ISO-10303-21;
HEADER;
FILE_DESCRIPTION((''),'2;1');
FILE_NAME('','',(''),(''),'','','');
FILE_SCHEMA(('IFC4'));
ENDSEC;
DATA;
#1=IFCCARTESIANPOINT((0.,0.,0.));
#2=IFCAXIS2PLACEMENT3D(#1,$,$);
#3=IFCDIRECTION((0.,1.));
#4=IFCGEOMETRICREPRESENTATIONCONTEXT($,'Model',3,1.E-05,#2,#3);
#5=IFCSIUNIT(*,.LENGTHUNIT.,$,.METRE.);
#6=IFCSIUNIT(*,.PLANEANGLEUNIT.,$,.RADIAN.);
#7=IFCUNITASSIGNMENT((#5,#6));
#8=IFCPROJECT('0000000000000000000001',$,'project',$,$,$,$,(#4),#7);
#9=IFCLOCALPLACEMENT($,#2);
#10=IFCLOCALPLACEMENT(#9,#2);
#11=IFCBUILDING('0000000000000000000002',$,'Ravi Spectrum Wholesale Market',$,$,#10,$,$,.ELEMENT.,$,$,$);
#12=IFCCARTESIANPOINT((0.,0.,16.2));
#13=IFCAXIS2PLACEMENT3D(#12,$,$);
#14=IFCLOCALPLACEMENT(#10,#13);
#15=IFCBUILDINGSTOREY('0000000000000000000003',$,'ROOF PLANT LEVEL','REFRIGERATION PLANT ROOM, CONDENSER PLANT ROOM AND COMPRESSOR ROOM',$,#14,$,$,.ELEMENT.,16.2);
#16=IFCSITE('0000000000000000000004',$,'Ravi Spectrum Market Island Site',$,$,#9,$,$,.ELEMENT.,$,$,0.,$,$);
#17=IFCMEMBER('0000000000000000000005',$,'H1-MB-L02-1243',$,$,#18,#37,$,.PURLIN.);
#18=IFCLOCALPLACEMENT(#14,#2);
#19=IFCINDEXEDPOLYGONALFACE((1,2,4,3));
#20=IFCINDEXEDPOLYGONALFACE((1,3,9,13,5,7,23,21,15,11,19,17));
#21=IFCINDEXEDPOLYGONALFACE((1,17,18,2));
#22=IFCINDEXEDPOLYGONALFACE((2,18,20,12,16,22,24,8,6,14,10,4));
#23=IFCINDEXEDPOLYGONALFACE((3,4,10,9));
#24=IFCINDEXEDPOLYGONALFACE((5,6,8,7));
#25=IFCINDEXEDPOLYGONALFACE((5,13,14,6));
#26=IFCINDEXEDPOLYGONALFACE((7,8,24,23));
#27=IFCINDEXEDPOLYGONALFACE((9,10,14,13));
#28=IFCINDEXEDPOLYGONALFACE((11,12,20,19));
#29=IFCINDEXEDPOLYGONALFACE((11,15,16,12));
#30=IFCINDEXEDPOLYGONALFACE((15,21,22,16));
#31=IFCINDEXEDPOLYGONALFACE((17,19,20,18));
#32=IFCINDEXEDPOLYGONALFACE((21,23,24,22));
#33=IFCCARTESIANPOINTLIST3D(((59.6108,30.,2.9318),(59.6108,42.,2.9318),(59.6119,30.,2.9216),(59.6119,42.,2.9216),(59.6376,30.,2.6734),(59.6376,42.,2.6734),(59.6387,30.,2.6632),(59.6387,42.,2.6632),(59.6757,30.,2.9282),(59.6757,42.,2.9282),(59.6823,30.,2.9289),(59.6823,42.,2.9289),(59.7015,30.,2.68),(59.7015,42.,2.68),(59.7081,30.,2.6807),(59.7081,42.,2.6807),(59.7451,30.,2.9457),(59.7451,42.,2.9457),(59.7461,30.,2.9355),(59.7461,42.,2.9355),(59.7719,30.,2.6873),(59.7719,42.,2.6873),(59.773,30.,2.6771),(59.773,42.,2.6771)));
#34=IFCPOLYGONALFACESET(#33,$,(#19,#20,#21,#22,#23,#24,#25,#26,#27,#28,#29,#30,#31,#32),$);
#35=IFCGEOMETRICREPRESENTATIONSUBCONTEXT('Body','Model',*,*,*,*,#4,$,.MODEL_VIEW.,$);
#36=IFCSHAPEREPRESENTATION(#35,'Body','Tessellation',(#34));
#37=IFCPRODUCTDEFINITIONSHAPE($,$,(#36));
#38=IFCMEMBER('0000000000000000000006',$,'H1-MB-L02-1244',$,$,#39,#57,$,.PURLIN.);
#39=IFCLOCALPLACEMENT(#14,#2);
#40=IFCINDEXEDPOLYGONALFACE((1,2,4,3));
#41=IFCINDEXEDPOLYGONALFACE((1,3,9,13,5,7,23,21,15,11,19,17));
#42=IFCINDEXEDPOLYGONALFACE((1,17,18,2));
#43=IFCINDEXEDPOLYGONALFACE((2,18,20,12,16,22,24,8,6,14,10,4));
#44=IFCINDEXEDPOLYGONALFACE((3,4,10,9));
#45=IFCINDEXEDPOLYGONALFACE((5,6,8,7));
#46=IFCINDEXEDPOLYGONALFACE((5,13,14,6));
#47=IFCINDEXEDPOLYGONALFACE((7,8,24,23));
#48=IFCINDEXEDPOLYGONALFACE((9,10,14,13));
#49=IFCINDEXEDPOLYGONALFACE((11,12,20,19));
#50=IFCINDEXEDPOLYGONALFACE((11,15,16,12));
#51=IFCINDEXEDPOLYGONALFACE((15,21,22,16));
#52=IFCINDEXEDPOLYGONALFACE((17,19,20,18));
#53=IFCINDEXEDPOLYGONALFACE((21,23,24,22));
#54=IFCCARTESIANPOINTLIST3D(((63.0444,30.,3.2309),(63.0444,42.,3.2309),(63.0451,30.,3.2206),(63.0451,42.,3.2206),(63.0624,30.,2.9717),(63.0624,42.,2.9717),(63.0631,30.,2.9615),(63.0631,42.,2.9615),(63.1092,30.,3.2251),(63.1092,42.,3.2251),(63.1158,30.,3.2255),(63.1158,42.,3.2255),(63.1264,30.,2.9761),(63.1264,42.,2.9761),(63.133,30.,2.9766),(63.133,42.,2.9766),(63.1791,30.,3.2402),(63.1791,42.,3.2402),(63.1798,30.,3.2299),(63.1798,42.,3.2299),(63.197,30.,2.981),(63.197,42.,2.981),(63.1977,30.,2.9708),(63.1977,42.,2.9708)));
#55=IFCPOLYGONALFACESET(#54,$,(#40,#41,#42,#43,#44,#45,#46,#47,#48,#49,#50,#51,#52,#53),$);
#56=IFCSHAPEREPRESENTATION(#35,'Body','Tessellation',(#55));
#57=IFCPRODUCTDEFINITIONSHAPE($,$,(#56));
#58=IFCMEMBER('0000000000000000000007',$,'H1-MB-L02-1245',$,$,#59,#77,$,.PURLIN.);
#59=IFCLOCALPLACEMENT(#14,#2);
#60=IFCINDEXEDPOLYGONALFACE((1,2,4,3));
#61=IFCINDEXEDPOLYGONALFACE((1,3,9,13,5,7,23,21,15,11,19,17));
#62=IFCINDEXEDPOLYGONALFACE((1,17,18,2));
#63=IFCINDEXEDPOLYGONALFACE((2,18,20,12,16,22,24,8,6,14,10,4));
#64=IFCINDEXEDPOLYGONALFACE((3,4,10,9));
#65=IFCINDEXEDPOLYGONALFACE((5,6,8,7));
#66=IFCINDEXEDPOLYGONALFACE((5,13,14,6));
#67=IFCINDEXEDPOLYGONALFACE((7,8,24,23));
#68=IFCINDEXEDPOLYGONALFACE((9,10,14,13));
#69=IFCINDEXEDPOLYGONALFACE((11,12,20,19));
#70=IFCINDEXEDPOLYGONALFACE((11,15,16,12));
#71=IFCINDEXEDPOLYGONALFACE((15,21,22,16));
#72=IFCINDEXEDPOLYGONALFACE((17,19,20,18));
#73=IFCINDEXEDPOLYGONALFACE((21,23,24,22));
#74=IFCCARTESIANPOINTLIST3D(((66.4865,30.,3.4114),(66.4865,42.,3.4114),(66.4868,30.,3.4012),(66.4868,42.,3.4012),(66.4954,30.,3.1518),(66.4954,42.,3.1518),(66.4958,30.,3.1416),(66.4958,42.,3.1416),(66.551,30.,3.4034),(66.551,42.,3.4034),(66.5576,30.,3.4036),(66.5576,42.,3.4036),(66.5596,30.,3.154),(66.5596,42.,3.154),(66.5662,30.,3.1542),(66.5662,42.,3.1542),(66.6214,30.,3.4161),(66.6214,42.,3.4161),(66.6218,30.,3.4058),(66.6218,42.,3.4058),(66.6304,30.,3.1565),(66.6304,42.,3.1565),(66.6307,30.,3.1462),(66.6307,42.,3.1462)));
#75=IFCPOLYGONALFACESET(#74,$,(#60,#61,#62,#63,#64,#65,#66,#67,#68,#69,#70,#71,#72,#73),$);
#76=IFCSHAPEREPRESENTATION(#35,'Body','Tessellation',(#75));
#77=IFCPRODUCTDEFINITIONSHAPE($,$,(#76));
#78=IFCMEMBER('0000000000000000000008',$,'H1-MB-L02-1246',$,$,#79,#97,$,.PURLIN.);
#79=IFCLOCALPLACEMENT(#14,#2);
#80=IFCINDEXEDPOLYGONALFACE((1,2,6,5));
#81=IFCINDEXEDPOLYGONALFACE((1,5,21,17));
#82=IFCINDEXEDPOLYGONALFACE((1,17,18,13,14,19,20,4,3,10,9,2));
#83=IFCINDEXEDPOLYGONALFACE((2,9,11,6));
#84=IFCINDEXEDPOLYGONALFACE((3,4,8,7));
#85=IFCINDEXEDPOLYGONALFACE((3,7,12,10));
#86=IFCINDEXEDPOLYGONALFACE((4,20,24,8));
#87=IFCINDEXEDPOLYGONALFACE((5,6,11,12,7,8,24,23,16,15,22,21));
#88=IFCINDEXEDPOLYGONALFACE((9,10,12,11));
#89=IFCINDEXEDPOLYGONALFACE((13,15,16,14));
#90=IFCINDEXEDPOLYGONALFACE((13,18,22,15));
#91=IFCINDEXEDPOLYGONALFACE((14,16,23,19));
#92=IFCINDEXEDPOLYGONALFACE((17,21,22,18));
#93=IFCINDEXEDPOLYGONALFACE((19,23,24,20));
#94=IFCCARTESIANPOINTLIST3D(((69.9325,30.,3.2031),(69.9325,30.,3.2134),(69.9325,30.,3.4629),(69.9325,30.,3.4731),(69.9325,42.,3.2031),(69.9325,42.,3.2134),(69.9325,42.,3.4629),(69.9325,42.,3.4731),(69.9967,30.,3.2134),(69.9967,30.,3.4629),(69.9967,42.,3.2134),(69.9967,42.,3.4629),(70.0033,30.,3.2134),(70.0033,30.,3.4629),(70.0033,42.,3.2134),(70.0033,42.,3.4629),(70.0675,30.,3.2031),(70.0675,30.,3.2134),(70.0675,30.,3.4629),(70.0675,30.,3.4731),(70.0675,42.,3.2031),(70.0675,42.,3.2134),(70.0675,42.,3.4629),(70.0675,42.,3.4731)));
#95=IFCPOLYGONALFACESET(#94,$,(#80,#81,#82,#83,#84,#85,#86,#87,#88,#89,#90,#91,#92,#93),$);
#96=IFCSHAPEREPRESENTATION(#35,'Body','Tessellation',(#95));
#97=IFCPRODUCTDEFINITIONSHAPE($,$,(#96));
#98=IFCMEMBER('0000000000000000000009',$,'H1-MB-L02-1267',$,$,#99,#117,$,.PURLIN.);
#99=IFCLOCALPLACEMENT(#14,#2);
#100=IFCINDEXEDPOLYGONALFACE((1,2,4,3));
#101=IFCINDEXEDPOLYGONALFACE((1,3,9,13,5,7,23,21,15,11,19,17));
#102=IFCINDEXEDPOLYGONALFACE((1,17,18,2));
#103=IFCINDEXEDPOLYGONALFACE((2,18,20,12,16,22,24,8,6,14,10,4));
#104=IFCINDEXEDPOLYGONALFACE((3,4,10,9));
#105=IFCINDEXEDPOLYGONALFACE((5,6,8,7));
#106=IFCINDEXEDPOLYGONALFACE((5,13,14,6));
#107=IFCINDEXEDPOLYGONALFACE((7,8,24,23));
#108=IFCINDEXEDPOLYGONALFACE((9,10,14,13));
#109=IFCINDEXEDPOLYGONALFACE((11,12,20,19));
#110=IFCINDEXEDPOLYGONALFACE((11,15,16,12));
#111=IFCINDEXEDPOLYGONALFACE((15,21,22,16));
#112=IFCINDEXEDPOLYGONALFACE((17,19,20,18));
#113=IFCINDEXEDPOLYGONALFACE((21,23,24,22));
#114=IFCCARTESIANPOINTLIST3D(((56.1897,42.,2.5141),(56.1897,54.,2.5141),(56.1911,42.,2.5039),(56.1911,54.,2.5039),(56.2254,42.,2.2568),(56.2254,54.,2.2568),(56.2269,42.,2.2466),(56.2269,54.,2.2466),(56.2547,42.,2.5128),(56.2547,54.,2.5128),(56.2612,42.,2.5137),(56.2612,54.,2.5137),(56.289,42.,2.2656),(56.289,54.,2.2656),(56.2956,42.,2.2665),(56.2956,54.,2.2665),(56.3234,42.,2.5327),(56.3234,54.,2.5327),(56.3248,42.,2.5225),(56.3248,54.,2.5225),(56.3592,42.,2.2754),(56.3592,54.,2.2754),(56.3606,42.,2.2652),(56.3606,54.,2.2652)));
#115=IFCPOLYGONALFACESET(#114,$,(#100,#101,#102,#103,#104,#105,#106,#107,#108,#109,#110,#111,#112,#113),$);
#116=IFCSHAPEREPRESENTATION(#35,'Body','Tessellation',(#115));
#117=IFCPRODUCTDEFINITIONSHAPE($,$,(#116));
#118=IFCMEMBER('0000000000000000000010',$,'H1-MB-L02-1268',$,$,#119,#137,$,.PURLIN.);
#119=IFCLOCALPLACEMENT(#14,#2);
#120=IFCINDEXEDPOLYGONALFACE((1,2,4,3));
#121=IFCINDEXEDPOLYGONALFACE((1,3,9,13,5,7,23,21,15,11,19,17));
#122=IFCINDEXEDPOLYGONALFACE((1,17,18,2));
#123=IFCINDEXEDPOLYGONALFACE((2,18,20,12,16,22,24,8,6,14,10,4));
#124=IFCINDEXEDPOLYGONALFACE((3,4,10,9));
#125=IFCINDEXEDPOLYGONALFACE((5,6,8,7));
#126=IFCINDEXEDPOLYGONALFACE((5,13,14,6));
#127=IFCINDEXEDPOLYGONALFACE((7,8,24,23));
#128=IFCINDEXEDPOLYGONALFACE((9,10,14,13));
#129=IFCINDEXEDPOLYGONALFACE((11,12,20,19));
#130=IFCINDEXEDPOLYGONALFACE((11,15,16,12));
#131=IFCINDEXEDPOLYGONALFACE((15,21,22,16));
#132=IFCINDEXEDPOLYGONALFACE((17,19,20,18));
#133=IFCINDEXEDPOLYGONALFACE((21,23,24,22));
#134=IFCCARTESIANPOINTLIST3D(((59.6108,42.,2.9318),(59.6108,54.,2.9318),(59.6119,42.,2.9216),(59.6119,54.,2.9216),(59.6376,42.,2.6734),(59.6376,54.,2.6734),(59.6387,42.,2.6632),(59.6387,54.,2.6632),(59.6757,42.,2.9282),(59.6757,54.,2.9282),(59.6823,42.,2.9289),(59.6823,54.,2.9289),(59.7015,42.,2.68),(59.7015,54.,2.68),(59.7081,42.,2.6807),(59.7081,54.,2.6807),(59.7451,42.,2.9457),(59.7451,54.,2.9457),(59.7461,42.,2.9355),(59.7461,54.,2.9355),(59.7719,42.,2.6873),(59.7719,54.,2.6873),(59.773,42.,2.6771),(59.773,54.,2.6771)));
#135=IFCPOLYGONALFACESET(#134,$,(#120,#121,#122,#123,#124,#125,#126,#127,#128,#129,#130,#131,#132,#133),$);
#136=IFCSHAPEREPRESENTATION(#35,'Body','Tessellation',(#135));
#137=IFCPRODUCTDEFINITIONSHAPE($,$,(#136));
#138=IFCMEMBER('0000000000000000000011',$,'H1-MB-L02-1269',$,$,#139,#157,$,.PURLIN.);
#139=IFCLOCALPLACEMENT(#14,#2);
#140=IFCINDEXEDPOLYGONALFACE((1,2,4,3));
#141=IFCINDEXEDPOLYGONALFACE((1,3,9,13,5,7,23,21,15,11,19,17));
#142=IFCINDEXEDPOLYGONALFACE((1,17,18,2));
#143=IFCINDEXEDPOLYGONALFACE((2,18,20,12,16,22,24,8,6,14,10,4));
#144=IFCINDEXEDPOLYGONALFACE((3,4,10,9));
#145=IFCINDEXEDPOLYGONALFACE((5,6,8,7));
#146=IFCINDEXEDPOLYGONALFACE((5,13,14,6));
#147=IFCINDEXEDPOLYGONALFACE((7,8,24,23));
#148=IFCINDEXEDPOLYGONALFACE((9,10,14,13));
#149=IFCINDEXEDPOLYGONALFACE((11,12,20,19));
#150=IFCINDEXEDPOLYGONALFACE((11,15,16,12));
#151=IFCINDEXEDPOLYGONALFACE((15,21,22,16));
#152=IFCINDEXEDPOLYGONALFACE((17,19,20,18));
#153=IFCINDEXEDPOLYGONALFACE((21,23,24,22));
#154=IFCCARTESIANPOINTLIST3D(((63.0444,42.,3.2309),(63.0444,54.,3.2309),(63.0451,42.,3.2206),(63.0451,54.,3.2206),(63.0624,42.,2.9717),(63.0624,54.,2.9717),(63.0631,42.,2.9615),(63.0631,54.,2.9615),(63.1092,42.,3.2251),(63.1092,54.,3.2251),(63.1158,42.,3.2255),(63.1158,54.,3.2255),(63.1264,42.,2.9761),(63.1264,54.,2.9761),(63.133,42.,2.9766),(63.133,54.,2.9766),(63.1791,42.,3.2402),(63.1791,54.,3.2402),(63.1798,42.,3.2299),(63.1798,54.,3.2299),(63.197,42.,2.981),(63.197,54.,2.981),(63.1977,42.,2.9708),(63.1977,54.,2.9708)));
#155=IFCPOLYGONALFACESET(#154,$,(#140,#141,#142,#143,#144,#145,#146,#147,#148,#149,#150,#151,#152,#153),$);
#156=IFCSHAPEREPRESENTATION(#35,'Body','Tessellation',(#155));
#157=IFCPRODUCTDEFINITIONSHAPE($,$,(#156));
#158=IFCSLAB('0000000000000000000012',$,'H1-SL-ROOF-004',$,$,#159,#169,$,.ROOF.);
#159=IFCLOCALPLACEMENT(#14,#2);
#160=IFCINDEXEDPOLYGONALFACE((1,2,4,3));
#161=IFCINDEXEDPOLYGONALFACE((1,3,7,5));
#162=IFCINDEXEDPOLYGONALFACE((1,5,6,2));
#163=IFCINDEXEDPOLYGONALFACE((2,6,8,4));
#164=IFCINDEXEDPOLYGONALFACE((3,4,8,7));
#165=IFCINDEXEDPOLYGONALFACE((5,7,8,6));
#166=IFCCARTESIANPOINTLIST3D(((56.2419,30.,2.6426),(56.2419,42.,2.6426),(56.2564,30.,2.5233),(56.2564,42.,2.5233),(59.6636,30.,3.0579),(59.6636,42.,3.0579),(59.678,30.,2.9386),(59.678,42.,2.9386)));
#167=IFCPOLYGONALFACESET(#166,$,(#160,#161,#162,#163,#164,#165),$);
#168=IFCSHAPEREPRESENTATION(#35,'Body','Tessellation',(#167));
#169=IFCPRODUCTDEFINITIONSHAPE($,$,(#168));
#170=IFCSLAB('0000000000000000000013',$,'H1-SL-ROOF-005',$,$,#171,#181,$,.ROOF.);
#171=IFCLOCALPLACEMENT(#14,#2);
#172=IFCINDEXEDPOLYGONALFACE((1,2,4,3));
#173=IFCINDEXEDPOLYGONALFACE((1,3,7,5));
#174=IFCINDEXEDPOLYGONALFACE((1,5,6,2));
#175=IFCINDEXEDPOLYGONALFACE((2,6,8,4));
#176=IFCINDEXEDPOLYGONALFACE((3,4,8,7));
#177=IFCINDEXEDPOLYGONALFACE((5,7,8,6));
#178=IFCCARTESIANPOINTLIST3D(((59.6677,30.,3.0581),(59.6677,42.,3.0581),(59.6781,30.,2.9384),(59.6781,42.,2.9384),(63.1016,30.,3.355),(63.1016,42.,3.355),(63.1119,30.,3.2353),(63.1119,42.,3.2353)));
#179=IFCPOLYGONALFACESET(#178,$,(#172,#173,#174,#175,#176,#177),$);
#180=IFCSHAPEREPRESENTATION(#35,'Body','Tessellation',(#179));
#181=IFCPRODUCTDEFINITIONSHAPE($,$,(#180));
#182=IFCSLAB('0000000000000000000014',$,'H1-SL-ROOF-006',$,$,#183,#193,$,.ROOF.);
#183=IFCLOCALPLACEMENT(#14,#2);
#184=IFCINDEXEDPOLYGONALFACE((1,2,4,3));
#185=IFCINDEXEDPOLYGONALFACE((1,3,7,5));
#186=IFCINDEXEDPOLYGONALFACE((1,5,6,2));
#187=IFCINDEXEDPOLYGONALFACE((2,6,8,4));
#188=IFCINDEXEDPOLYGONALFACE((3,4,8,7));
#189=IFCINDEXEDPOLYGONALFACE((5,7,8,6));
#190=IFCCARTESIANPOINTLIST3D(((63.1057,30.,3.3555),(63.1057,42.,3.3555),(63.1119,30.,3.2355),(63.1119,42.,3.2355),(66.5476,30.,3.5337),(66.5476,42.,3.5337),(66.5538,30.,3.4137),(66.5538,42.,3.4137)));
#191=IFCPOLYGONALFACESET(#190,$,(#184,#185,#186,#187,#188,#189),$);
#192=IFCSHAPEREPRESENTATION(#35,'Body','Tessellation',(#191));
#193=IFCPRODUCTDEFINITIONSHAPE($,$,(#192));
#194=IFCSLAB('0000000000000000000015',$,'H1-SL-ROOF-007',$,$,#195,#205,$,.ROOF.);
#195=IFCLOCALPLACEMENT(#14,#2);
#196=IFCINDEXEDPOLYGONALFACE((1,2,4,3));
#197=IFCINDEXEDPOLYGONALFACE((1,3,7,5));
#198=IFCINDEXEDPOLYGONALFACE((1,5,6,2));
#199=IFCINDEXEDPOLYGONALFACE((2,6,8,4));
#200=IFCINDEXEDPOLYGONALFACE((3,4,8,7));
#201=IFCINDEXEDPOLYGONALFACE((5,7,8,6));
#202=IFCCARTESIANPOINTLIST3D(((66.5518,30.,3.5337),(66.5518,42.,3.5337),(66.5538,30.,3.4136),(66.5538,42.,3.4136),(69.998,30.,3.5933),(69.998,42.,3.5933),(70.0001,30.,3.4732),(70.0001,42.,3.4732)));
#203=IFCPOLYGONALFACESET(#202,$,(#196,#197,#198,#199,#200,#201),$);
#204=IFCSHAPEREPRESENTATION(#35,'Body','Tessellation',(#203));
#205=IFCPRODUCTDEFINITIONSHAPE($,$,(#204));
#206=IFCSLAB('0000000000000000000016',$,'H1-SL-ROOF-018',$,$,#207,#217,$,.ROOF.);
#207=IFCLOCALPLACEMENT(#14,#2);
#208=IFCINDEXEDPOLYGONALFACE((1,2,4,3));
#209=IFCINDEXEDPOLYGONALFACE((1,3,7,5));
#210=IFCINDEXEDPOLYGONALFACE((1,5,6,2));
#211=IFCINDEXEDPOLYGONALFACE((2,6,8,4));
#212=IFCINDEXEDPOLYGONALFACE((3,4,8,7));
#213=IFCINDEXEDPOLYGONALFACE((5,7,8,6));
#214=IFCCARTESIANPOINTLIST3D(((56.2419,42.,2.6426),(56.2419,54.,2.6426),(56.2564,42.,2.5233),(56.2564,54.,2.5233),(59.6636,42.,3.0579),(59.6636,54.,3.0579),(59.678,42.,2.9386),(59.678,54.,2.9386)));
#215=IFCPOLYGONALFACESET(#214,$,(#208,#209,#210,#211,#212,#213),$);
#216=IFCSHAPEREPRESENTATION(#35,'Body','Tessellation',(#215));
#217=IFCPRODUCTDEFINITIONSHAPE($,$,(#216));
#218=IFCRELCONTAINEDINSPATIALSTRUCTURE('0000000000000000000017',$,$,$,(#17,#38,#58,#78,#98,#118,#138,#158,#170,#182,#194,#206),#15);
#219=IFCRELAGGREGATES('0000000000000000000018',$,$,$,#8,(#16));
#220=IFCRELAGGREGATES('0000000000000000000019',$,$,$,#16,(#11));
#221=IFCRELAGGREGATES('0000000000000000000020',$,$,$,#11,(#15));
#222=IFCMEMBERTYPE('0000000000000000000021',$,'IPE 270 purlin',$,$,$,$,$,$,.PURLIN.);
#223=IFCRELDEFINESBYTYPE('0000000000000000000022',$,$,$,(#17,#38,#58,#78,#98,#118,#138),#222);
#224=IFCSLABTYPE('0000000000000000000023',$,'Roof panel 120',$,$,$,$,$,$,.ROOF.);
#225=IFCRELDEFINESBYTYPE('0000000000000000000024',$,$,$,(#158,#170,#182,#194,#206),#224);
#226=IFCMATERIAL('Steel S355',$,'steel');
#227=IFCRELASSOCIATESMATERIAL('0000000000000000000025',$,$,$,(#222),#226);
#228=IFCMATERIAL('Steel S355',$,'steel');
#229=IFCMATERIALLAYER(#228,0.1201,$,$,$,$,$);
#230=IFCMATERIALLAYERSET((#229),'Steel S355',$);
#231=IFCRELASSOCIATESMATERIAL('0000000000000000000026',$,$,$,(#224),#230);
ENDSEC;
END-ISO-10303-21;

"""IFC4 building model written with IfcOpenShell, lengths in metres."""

from ifc_helpers import new_model, si_unit, direction, frame, origin, origin_2d, place, context, subcontext, project, spatial, polyline, i_section, outline, extrude, material, layer, layer_set, material_profile, profile_set, type_object, element, save


model = new_model("IFC4")

# Units and contexts
model_context = context("Model", 3, precision=1e-05, world=origin(), true_north=direction((0.0, 1.0)))
body_context = subcontext(model_context, "Body", "Model", "MODEL_VIEW")
ifc_project = project(units=[si_unit("LENGTHUNIT", "METRE"), si_unit("PLANEANGLEUNIT", "RADIAN")], contexts=[model_context])

# Site, building, storey
site_placement = place(None, origin())
site = spatial("IfcSite", under=ifc_project, at=site_placement, Name="Ravi Spectrum Market Island Site", CompositionType="ELEMENT", RefElevation=0.0)
building_placement = place(site_placement, origin())
building = spatial("IfcBuilding", under=site, at=building_placement, Name="Ravi Spectrum Wholesale Market", CompositionType="ELEMENT")
storey_placement = place(building_placement, frame((0.0, 0.0, 16.2)))
storey = spatial("IfcBuildingStorey", under=building, at=storey_placement, Name="ROOF PLANT LEVEL", Description="REFRIGERATION PLANT ROOM, CONDENSER PLANT ROOM AND COMPRESSOR ROOM", CompositionType="ELEMENT", Elevation=16.2)

# Members
ifc_material_1 = material(Name="Steel S355", Category="steel")
ifc_material_profile_1 = material_profile(ifc_material_1, i_section(OverallWidth=0.135, OverallDepth=0.27, WebThickness=0.0066, FlangeThickness=0.0103, at=origin_2d()))
ifc_profile_set_1 = profile_set([ifc_material_profile_1], Name="Steel S355")
member_type_1 = type_object("IfcMemberType", Name="IPE 270 purlin", PredefinedType="PURLIN", material=ifc_profile_set_1)
for number, where, z_axis, x_axis, name in (
    (1, (59.6919, 30.0, 2.8044), (0.0, 1.0, 0.0), (-0.994649, 0.0, -0.103311), "H1-MB-L02-1243"),
    (2, (63.1211, 30.0, 3.1008), (0.0, 1.0, 0.0), (-0.997621, 0.0, -0.068943), "H1-MB-L02-1244"),
    (3, (66.5586, 30.0, 3.2788), (0.0, 1.0, 0.0), (-0.999405, 0.0, -0.034492), "H1-MB-L02-1245"),
    (4, (70.0, 30.0, 3.3381), (0.0, 1.0, 0.0), (-1.0, 0.0, 0.0), "H1-MB-L02-1246"),
    (5, (56.2751, 42.0, 2.3896), (0.0, 1.0, 0.0), (-0.990494, 0.0, -0.137557), "H1-MB-L02-1267"),
    (6, (59.6919, 42.0, 2.8044), (0.0, 1.0, 0.0), (-0.994649, 0.0, -0.103311), "H1-MB-L02-1268"),
    (7, (63.1211, 42.0, 3.1008), (0.0, 1.0, 0.0), (-0.997621, 0.0, -0.068943), "H1-MB-L02-1269"),
):
    element("IfcMember", number, at=place(storey_placement, frame(where, z_axis=z_axis, x_axis=x_axis)), inside=storey, type_object=member_type_1, Name=name, PredefinedType="PURLIN", context=body_context, shape_type="SweptSolid", body=[
        extrude(i_section(OverallWidth=0.135, OverallDepth=0.27, WebThickness=0.0066, FlangeThickness=0.0103, at=origin_2d()), origin(), (0.0, 0.0, 1.0), 12.0),
    ])

# Slabs
ifc_material_2 = material(Name="Steel S355", Category="steel")
ifc_layer_1 = layer(ifc_material_2, 0.1201)
ifc_layer_set_1 = layer_set([ifc_layer_1], Name="Steel S355")
slab_type = type_object("IfcSlabType", Name="Roof panel 120", PredefinedType="ROOF", material=ifc_layer_set_1)
slab_1_placement = place(storey_placement, frame((56.2419, 30.0, 2.6426), z_axis=(-0.120486, 0.0, 0.992715), x_axis=(0.992715, 0.0, 0.120486)))
element("IfcSlab", 8, at=slab_1_placement, inside=storey, type_object=slab_type, Name="H1-SL-ROOF-004", PredefinedType="ROOF", context=body_context, shape_type="SweptSolid", body=[
    extrude(outline(polyline([(0.0, 0.0), (3.4467, 0.0), (3.4467, 12.0), (0.0, 12.0), (0.0, 0.0)])), origin(), (0.0, 0.0, -1.0), 0.1201),
])
slab_2_placement = place(storey_placement, frame((59.6677, 30.0, 3.0581), z_axis=(-0.086134, 0.0, 0.996284), x_axis=(0.996284, 0.0, 0.086134)))
element("IfcSlab", 9, at=slab_2_placement, inside=storey, type_object=slab_type, Name="H1-SL-ROOF-005", PredefinedType="ROOF", context=body_context, shape_type="SweptSolid", body=[
    extrude(outline(polyline([(0.0, 0.0), (3.4466, 0.0), (3.4466, 12.0), (0.0, 12.0), (0.0, 0.0)])), origin(), (0.0, 0.0, -1.0), 0.1201),
])
slab_3_placement = place(storey_placement, frame((63.1057, 30.0, 3.3555), z_axis=(-0.051711, 0.0, 0.998662), x_axis=(0.998662, 0.0, 0.051711)))
element("IfcSlab", 10, at=slab_3_placement, inside=storey, type_object=slab_type, Name="H1-SL-ROOF-006", PredefinedType="ROOF", context=body_context, shape_type="SweptSolid", body=[
    extrude(outline(polyline([(0.0, 0.0), (3.4465, 0.0), (3.4465, 12.0), (0.0, 12.0), (0.0, 0.0)])), origin(), (0.0, 0.0, -1.0), 0.1201),
])
slab_4_placement = place(storey_placement, frame((66.5518, 30.0, 3.5337), z_axis=(-0.017283, 0.0, 0.999851), x_axis=(0.999851, 0.0, 0.017283)))
element("IfcSlab", 11, at=slab_4_placement, inside=storey, type_object=slab_type, Name="H1-SL-ROOF-007", PredefinedType="ROOF", context=body_context, shape_type="SweptSolid", body=[
    extrude(outline(polyline([(0.0, 0.0), (3.4468, 0.0), (3.4468, 12.0), (0.0, 12.0), (0.0, 0.0)])), origin(), (0.0, 0.0, -1.0), 0.1201),
])
slab_5_placement = place(storey_placement, frame((56.2419, 42.0, 2.6426), z_axis=(-0.120486, 0.0, 0.992715), x_axis=(0.992715, 0.0, 0.120486)))
element("IfcSlab", 12, at=slab_5_placement, inside=storey, type_object=slab_type, Name="H1-SL-ROOF-018", PredefinedType="ROOF", context=body_context, shape_type="SweptSolid", body=[
    extrude(outline(polyline([(0.0, 0.0), (3.4467, 0.0), (3.4467, 12.0), (0.0, 12.0), (0.0, 0.0)])), origin(), (0.0, 0.0, -1.0), 0.1201),
])

save(model, "model.ifc")
